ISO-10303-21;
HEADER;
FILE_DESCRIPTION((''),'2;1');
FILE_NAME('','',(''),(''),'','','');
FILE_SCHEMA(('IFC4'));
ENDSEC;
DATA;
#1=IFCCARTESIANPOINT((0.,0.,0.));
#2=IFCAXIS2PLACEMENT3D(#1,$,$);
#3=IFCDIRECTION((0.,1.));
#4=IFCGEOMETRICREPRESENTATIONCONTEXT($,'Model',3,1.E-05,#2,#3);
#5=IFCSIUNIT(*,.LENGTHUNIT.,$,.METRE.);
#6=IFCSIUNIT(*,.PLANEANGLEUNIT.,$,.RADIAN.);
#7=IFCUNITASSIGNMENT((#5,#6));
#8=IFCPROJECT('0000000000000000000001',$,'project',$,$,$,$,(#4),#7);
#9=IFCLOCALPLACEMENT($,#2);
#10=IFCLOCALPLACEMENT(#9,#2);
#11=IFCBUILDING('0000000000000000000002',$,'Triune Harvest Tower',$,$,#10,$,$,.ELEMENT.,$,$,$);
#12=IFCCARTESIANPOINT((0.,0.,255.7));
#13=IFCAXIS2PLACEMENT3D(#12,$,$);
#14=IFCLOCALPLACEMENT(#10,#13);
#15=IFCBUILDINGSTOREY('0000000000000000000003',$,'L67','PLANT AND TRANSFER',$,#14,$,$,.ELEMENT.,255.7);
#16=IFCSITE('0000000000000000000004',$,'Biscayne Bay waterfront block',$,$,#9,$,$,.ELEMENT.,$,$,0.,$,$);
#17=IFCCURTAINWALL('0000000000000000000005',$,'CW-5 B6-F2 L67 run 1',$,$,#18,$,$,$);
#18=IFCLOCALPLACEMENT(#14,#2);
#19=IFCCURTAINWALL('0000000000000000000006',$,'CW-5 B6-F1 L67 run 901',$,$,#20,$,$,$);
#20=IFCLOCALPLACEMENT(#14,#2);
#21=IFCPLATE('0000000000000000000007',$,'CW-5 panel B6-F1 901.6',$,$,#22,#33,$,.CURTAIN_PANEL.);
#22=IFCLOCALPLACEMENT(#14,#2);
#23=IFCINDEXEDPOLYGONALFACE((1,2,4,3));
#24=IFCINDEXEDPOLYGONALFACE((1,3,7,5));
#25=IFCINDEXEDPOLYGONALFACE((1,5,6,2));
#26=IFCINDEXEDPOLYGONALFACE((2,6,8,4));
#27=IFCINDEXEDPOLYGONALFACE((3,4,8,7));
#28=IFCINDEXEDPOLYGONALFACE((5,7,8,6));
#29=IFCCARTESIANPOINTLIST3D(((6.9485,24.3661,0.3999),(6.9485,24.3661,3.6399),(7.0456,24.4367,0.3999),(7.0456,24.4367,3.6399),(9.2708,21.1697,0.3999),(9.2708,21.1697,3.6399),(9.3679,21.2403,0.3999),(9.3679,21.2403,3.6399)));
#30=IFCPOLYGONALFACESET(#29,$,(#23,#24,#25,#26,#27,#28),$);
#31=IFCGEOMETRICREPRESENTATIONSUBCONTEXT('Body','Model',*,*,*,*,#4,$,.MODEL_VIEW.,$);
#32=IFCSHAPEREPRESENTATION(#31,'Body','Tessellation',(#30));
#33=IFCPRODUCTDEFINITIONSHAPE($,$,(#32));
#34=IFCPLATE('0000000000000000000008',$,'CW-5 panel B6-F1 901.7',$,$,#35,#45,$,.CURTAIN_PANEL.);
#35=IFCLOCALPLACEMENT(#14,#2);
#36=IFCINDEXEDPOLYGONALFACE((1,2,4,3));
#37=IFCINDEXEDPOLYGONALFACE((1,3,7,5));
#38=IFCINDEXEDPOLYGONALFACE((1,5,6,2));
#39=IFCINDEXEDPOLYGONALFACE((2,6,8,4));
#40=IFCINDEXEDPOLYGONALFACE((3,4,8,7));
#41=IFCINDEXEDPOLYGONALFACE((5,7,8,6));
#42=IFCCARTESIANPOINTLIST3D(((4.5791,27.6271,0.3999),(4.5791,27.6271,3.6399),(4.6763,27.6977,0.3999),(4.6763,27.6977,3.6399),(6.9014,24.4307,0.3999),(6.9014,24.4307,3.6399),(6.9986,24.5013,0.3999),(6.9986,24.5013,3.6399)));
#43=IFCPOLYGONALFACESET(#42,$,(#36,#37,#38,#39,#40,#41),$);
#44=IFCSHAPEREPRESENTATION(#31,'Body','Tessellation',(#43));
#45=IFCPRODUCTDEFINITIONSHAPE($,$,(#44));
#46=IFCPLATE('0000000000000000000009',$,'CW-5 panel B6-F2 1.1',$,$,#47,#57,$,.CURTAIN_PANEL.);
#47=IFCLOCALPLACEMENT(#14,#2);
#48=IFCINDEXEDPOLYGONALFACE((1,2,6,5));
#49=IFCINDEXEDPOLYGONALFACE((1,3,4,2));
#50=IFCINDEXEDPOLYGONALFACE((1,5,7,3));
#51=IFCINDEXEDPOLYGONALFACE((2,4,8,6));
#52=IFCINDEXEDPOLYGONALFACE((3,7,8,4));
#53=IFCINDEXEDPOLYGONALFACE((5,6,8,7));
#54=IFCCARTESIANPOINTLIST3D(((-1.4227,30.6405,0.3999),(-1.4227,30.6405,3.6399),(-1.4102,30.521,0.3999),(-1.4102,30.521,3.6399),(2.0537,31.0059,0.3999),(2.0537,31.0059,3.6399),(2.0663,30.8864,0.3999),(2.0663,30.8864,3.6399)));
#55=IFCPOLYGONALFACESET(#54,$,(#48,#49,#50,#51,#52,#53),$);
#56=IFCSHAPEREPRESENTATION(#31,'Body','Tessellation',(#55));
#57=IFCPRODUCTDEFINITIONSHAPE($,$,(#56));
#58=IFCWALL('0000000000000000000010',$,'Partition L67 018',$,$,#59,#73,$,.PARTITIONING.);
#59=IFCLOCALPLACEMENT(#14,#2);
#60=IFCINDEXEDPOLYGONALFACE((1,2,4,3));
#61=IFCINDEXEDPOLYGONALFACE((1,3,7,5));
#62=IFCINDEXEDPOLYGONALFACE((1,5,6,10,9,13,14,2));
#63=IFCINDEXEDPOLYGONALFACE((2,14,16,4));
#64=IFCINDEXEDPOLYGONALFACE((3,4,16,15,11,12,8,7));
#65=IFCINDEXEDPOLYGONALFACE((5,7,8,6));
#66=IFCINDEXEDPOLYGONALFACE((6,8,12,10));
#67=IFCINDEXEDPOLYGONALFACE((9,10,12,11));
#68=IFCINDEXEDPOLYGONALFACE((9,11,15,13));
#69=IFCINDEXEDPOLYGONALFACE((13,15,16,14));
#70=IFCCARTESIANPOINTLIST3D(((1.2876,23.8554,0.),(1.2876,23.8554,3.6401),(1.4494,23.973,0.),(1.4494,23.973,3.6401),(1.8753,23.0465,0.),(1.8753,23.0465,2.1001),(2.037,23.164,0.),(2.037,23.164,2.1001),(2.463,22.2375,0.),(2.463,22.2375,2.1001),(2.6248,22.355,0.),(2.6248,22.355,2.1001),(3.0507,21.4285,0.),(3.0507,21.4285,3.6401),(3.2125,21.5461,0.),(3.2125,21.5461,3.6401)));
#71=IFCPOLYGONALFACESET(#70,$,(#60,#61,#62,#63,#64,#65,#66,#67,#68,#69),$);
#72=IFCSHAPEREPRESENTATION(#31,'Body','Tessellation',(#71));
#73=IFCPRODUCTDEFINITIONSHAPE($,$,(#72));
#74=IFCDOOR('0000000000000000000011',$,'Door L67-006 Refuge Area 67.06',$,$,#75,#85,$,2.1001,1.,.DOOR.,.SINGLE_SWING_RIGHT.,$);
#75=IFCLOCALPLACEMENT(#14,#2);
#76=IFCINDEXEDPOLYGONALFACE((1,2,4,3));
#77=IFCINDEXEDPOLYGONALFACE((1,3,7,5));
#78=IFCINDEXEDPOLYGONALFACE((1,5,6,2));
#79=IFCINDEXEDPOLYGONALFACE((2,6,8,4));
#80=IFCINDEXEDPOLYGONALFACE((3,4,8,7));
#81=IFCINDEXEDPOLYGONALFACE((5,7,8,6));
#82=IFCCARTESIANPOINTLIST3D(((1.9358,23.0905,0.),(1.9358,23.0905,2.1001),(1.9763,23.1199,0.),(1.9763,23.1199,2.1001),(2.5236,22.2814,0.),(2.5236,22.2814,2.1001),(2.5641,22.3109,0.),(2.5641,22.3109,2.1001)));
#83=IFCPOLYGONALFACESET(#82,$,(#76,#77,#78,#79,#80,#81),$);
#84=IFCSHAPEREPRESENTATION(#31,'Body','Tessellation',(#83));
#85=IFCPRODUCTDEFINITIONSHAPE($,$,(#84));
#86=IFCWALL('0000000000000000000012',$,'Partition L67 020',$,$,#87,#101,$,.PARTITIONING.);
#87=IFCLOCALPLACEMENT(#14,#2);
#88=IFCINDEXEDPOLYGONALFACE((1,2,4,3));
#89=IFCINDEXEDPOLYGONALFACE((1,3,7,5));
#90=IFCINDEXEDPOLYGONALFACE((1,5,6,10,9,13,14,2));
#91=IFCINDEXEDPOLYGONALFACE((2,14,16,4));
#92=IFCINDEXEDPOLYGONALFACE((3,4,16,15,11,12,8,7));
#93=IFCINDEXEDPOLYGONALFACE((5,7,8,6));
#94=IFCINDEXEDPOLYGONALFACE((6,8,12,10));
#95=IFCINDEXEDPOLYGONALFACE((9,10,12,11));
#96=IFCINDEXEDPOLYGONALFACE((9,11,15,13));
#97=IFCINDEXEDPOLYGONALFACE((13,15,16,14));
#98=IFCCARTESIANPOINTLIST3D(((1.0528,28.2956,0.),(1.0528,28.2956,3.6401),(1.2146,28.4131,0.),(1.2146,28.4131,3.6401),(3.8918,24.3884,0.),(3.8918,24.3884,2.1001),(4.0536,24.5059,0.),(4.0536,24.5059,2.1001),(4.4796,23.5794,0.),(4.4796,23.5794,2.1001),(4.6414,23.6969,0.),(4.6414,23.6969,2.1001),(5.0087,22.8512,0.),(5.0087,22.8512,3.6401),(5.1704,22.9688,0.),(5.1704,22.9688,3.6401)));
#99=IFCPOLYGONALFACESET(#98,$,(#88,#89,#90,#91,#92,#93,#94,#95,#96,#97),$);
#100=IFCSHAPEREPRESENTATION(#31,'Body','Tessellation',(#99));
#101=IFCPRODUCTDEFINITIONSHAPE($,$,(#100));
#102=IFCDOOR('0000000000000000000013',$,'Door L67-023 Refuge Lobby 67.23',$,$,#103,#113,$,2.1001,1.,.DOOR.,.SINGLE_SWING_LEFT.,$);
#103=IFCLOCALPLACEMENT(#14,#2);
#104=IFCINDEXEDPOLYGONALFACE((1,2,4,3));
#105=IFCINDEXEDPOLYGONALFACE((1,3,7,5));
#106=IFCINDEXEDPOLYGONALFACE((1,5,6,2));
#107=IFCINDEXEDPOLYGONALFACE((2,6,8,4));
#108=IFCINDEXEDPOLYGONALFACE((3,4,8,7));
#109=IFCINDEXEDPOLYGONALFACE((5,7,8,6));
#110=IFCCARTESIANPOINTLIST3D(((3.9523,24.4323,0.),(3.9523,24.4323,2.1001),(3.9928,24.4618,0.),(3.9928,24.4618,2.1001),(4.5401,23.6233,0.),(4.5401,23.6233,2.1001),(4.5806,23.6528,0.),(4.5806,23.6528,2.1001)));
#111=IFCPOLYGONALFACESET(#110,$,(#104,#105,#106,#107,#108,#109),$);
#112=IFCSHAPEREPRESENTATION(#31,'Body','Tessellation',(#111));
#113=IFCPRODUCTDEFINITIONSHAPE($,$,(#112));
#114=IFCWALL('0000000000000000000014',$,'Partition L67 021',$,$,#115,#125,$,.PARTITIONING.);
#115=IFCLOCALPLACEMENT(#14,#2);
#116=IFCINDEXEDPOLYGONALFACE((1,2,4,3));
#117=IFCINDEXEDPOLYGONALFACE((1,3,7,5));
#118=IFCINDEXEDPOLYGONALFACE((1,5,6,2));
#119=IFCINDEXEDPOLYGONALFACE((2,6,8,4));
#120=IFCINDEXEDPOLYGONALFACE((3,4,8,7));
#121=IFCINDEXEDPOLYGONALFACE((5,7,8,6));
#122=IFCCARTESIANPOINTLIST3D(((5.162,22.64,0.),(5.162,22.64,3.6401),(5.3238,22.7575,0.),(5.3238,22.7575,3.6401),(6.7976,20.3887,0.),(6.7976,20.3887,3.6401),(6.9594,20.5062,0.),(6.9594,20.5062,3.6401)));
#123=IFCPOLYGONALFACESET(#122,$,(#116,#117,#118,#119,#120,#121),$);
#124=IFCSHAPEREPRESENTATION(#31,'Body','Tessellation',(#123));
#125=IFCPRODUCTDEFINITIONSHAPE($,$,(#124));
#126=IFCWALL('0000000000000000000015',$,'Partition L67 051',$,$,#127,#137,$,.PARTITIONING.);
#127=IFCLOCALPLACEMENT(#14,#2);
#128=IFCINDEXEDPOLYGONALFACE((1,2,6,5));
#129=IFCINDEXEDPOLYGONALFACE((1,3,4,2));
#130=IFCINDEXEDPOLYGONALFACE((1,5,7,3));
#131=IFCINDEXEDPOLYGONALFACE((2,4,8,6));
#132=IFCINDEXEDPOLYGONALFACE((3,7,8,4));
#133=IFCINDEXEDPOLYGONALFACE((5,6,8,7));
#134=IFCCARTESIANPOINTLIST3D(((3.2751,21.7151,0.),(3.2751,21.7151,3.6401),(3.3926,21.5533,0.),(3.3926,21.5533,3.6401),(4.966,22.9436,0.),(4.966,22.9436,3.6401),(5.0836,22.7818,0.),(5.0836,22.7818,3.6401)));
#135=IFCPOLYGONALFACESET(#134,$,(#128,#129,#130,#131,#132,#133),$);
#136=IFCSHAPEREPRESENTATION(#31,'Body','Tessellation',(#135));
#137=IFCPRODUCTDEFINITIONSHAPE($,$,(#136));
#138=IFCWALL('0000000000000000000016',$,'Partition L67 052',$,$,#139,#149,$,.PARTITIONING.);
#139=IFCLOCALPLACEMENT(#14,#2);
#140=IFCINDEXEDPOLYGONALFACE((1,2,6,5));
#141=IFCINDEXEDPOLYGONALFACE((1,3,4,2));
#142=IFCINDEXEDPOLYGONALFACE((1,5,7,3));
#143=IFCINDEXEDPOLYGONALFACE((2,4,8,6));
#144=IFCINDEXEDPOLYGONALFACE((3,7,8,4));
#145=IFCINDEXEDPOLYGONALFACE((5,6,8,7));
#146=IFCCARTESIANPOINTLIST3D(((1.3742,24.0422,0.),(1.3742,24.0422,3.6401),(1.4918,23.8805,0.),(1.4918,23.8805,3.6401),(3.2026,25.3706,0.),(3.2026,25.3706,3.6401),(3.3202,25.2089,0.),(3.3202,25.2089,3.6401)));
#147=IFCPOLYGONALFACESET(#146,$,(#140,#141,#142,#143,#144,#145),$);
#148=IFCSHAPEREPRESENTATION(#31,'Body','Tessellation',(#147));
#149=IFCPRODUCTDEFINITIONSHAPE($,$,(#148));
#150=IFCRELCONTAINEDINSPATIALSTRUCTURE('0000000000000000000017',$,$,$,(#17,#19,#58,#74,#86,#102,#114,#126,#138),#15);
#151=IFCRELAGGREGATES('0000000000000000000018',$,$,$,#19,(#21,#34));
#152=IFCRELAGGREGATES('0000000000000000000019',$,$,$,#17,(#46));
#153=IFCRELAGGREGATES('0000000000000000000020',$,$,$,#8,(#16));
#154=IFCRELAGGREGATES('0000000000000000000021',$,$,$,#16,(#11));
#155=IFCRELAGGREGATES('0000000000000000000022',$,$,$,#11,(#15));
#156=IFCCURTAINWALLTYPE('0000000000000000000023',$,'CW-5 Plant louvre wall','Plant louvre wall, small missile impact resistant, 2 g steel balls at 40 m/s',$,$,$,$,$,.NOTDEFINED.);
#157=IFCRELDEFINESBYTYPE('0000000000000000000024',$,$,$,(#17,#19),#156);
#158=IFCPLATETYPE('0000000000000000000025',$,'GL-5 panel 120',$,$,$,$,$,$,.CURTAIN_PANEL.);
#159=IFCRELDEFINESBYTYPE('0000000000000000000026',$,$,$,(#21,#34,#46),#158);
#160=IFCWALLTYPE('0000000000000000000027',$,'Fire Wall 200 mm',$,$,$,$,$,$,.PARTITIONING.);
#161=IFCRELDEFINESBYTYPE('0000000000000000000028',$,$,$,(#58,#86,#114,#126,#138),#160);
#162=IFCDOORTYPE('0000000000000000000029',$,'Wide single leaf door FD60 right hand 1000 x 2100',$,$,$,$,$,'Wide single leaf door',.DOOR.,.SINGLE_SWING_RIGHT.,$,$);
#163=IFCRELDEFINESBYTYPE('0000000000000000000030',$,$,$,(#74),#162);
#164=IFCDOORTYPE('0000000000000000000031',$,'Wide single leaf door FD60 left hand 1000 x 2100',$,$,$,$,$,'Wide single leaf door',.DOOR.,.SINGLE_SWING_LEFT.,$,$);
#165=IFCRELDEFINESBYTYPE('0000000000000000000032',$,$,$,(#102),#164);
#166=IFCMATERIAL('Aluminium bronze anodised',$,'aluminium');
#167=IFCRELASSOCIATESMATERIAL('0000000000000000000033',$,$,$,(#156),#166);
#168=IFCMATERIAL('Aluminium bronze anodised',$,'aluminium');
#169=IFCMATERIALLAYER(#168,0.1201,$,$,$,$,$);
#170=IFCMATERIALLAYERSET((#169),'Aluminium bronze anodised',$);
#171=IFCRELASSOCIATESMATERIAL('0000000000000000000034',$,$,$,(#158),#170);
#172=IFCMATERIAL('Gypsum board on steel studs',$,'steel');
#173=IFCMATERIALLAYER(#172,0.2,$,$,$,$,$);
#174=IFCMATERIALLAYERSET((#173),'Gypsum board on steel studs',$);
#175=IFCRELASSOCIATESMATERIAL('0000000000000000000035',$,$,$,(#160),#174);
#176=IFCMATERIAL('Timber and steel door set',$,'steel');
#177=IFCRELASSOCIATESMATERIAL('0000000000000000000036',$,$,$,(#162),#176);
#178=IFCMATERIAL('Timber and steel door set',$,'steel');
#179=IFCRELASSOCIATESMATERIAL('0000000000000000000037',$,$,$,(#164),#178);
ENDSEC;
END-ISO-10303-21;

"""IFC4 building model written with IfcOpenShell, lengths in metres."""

from ifc_helpers import new_model, si_unit, direction, frame, frame_2d, origin, origin_2d, place, context, subcontext, project, spatial, rectangle, extrude, source, transform, mapped, material, layer, layer_set, type_object, element, fill, aggregate, save


model = new_model("IFC4")

# Units and contexts
model_context = context("Model", 3, precision=1e-05, world=origin(), true_north=direction((0.0, 1.0)))
body_context = subcontext(model_context, "Body", "Model", "MODEL_VIEW")
ifc_project = project(units=[si_unit("LENGTHUNIT", "METRE"), si_unit("PLANEANGLEUNIT", "RADIAN")], contexts=[model_context])

# Site, building, storey
site_placement = place(None, origin())
site = spatial("IfcSite", under=ifc_project, at=site_placement, Name="Biscayne Bay waterfront block", CompositionType="ELEMENT", RefElevation=0.0)
building_placement = place(site_placement, origin())
building = spatial("IfcBuilding", under=site, at=building_placement, Name="Triune Harvest Tower", CompositionType="ELEMENT")
storey_placement = place(building_placement, frame((0.0, 0.0, 255.7)))
storey = spatial("IfcBuildingStorey", under=building, at=storey_placement, Name="L67", Description="PLANT AND TRANSFER", CompositionType="ELEMENT", Elevation=255.7)

# Curtain wall
ifc_material_1 = material(Name="Aluminium bronze anodised", Category="aluminium")
curtain_wall_type = type_object("IfcCurtainWallType", Name="CW-5 Plant louvre wall", Description="Plant louvre wall, small missile impact resistant, 2 g steel balls at 40 m/s", PredefinedType="NOTDEFINED", material=ifc_material_1)
curtain_wall_1_placement = place(storey_placement, origin())
curtain_wall_1 = element("IfcCurtainWall", 1, at=curtain_wall_1_placement, inside=storey, type_object=curtain_wall_type, Name="CW-5 B6-F2 L67 run 1")

# Curtain wall
curtain_wall_2_placement = place(storey_placement, origin())
curtain_wall_2 = element("IfcCurtainWall", 2, at=curtain_wall_2_placement, inside=storey, type_object=curtain_wall_type, Name="CW-5 B6-F1 L67 run 901")

# Plates
ifc_material_2 = material(Name="Aluminium bronze anodised", Category="aluminium")
ifc_layer_1 = layer(ifc_material_2, 0.1201)
ifc_layer_set_1 = layer_set([ifc_layer_1], Name="Aluminium bronze anodised")
plate_type = type_object("IfcPlateType", Name="GL-5 panel 120", PredefinedType="CURTAIN_PANEL", material=ifc_layer_set_1)
shared_shape_1 = source(origin(), body_context, "Body", "SweptSolid", [
    extrude(rectangle(XDim=3.9509, YDim=0.1201, at=origin_2d()), origin(), (0.0, 0.0, 1.0), 3.24),
])
plate_1_placement = place(storey_placement, frame((8.1582, 22.8032, 0.3999), z_axis=(0.0, 0.0, 1.0), x_axis=(-0.587786, 0.809016, 0.0)))
plate_1 = element("IfcPlate", 3, at=plate_1_placement, type_object=plate_type, Name="CW-5 panel B6-F1 901.6", PredefinedType="CURTAIN_PANEL", context=body_context, shape_type="MappedRepresentation", body=[
    mapped(shared_shape_1, transform((0.0, 0.0, 0.0), scale=1.0)),
])
plate_2_placement = place(storey_placement, frame((5.7888, 26.0642, 0.3999), z_axis=(0.0, 0.0, 1.0), x_axis=(-0.587786, 0.809016, 0.0)))
plate_2 = element("IfcPlate", 4, at=plate_2_placement, type_object=plate_type, Name="CW-5 panel B6-F1 901.7", PredefinedType="CURTAIN_PANEL", context=body_context, shape_type="MappedRepresentation", body=[
    mapped(shared_shape_1, transform((0.0, 0.0, 0.0), scale=1.0)),
])
aggregate(curtain_wall_2, [plate_1, plate_2])
shared_shape_2 = source(origin(), body_context, "Body", "SweptSolid", [
    extrude(rectangle(XDim=3.4956, YDim=0.1201, at=origin_2d()), origin(), (0.0, 0.0, 1.0), 3.24),
])
plate_3_placement = place(storey_placement, frame((0.3218, 30.7634, 0.3999), z_axis=(0.0, 0.0, 1.0), x_axis=(-0.994522, -0.10453, 0.0)))
plate_3 = element("IfcPlate", 5, at=plate_3_placement, type_object=plate_type, Name="CW-5 panel B6-F2 1.1", PredefinedType="CURTAIN_PANEL", context=body_context, shape_type="MappedRepresentation", body=[
    mapped(shared_shape_2, transform((0.0, 0.0, 0.0), scale=1.0)),
])
aggregate(curtain_wall_1, [plate_3])

# Walls, openings, doors
ifc_material_3 = material(Name="Gypsum board on steel studs", Category="steel")
ifc_layer_2 = layer(ifc_material_3, 0.2)
ifc_layer_set_2 = layer_set([ifc_layer_2], Name="Gypsum board on steel studs")
wall_type = type_object("IfcWallType", Name="Fire Wall 200 mm", PredefinedType="PARTITIONING", material=ifc_layer_set_2)
wall_1_placement = place(storey_placement, frame((1.3684, 23.9143, 0.0), z_axis=(0.0, 0.0, 1.0), x_axis=(0.587755, -0.809039, 0.0)))
wall_1 = element("IfcWall", 6, at=wall_1_placement, inside=storey, type_object=wall_type, Name="Partition L67 018", PredefinedType="PARTITIONING", context=body_context, shape_type="SweptSolid", body=[
    extrude(rectangle(XDim=2.9998, YDim=0.2, at=frame_2d((1.5, 0.0))), origin(), (0.0, 0.0, 1.0), 3.6401),
])
opening_1_placement = place(wall_1_placement, frame((1.0, 0.0, 0.0)))
opening_1 = element("IfcOpeningElement", 7, at=opening_1_placement, cuts=wall_1, PredefinedType="OPENING", context=body_context, shape_type="SweptSolid", body=[
    extrude(rectangle(XDim=1.0, YDim=2.1001, at=frame_2d((0.5, 1.05))), frame((0.0, 0.1099, 0.0), z_axis=(0.0, -1.0, 0.0), x_axis=(1.0, 0.0, 0.0)), (0.0, 0.0, 1.0), 0.22),
])
ifc_material_4 = material(Name="Timber and steel door set", Category="steel")
door_type_1 = type_object("IfcDoorType", Name="Wide single leaf door FD60 right hand 1000 x 2100", ElementType="Wide single leaf door", OperationType="SINGLE_SWING_RIGHT", PredefinedType="DOOR", material=ifc_material_4)
door_1_placement = place(opening_1_placement, origin())
door_1 = element("IfcDoor", 8, at=door_1_placement, inside=storey, type_object=door_type_1, Name="Door L67-006 Refuge Area 67.06", OperationType="SINGLE_SWING_RIGHT", OverallHeight=2.1001, OverallWidth=1.0, PredefinedType="DOOR", context=body_context, shape_type="SweptSolid", body=[
    extrude(rectangle(XDim=1.0, YDim=2.1001, at=frame_2d((0.5, 1.05))), frame((0.0, 0.0249, 0.0), z_axis=(0.0, -1.0, 0.0), x_axis=(1.0, 0.0, 0.0)), (0.0, 0.0, 1.0), 0.05),
])
fill(opening_1, door_1)
wall_2_placement = place(storey_placement, frame((1.1338, 28.3542, 0.0), z_axis=(0.0, 0.0, 1.0), x_axis=(0.587811, -0.808998, 0.0)))
wall_2 = element("IfcWall", 9, at=wall_2_placement, inside=storey, type_object=wall_type, Name="Partition L67 020", PredefinedType="PARTITIONING", context=body_context, shape_type="SweptSolid", body=[
    extrude(rectangle(XDim=6.7297, YDim=0.2, at=frame_2d((3.3647, 0.0))), origin(), (0.0, 0.0, 1.0), 3.6401),
])
opening_2_placement = place(wall_2_placement, frame((4.8296, 0.0, 0.0)))
opening_2 = element("IfcOpeningElement", 10, at=opening_2_placement, cuts=wall_2, PredefinedType="OPENING", context=body_context, shape_type="SweptSolid", body=[
    extrude(rectangle(XDim=1.0, YDim=2.1001, at=frame_2d((0.5, 1.05))), frame((0.0, 0.1099, 0.0), z_axis=(0.0, -1.0, 0.0), x_axis=(1.0, 0.0, 0.0)), (0.0, 0.0, 1.0), 0.22),
])
ifc_material_5 = material(Name="Timber and steel door set", Category="steel")
door_type_2 = type_object("IfcDoorType", Name="Wide single leaf door FD60 left hand 1000 x 2100", ElementType="Wide single leaf door", OperationType="SINGLE_SWING_LEFT", PredefinedType="DOOR", material=ifc_material_5)
door_2_placement = place(opening_2_placement, origin())
door_2 = element("IfcDoor", 11, at=door_2_placement, inside=storey, type_object=door_type_2, Name="Door L67-023 Refuge Lobby 67.23", OperationType="SINGLE_SWING_LEFT", OverallHeight=2.1001, OverallWidth=1.0, PredefinedType="DOOR", context=body_context, shape_type="SweptSolid", body=[
    extrude(rectangle(XDim=1.0, YDim=2.1001, at=frame_2d((0.5, 1.05))), frame((0.0, 0.0249, 0.0), z_axis=(0.0, -1.0, 0.0), x_axis=(1.0, 0.0, 0.0)), (0.0, 0.0, 1.0), 0.05),
])
fill(opening_2, door_2)

# Walls
wall_3_placement = place(storey_placement, frame((5.2429, 22.6987, 0.0), z_axis=(0.0, 0.0, 1.0), x_axis=(0.587759, -0.809036, 0.0)))
element("IfcWall", 12, at=wall_3_placement, inside=storey, type_object=wall_type, Name="Partition L67 021", PredefinedType="PARTITIONING", context=body_context, shape_type="SweptSolid", body=[
    extrude(rectangle(XDim=2.7827, YDim=0.2, at=frame_2d((1.3914, 0.0))), origin(), (0.0, 0.0, 1.0), 3.6401),
])
wall_4_placement = place(storey_placement, frame((3.334, 21.6343, 0.0), z_axis=(0.0, 0.0, 1.0), x_axis=(0.809019, 0.587783, 0.0)))
element("IfcWall", 13, at=wall_4_placement, inside=storey, type_object=wall_type, Name="Partition L67 051", PredefinedType="PARTITIONING", context=body_context, shape_type="SweptSolid", body=[
    extrude(rectangle(XDim=2.0901, YDim=0.2, at=frame_2d((1.0449, 0.0))), origin(), (0.0, 0.0, 1.0), 3.6401),
])
wall_5_placement = place(storey_placement, frame((1.4331, 23.9614, 0.0), z_axis=(0.0, 0.0, 1.0), x_axis=(0.809021, 0.58778, 0.0)))
element("IfcWall", 14, at=wall_5_placement, inside=storey, type_object=wall_type, Name="Partition L67 052", PredefinedType="PARTITIONING", context=body_context, shape_type="SweptSolid", body=[
    extrude(rectangle(XDim=2.26, YDim=0.2, at=frame_2d((1.1299, 0.0))), origin(), (0.0, 0.0, 1.0), 3.6401),
])

save(model, "model.ifc")
